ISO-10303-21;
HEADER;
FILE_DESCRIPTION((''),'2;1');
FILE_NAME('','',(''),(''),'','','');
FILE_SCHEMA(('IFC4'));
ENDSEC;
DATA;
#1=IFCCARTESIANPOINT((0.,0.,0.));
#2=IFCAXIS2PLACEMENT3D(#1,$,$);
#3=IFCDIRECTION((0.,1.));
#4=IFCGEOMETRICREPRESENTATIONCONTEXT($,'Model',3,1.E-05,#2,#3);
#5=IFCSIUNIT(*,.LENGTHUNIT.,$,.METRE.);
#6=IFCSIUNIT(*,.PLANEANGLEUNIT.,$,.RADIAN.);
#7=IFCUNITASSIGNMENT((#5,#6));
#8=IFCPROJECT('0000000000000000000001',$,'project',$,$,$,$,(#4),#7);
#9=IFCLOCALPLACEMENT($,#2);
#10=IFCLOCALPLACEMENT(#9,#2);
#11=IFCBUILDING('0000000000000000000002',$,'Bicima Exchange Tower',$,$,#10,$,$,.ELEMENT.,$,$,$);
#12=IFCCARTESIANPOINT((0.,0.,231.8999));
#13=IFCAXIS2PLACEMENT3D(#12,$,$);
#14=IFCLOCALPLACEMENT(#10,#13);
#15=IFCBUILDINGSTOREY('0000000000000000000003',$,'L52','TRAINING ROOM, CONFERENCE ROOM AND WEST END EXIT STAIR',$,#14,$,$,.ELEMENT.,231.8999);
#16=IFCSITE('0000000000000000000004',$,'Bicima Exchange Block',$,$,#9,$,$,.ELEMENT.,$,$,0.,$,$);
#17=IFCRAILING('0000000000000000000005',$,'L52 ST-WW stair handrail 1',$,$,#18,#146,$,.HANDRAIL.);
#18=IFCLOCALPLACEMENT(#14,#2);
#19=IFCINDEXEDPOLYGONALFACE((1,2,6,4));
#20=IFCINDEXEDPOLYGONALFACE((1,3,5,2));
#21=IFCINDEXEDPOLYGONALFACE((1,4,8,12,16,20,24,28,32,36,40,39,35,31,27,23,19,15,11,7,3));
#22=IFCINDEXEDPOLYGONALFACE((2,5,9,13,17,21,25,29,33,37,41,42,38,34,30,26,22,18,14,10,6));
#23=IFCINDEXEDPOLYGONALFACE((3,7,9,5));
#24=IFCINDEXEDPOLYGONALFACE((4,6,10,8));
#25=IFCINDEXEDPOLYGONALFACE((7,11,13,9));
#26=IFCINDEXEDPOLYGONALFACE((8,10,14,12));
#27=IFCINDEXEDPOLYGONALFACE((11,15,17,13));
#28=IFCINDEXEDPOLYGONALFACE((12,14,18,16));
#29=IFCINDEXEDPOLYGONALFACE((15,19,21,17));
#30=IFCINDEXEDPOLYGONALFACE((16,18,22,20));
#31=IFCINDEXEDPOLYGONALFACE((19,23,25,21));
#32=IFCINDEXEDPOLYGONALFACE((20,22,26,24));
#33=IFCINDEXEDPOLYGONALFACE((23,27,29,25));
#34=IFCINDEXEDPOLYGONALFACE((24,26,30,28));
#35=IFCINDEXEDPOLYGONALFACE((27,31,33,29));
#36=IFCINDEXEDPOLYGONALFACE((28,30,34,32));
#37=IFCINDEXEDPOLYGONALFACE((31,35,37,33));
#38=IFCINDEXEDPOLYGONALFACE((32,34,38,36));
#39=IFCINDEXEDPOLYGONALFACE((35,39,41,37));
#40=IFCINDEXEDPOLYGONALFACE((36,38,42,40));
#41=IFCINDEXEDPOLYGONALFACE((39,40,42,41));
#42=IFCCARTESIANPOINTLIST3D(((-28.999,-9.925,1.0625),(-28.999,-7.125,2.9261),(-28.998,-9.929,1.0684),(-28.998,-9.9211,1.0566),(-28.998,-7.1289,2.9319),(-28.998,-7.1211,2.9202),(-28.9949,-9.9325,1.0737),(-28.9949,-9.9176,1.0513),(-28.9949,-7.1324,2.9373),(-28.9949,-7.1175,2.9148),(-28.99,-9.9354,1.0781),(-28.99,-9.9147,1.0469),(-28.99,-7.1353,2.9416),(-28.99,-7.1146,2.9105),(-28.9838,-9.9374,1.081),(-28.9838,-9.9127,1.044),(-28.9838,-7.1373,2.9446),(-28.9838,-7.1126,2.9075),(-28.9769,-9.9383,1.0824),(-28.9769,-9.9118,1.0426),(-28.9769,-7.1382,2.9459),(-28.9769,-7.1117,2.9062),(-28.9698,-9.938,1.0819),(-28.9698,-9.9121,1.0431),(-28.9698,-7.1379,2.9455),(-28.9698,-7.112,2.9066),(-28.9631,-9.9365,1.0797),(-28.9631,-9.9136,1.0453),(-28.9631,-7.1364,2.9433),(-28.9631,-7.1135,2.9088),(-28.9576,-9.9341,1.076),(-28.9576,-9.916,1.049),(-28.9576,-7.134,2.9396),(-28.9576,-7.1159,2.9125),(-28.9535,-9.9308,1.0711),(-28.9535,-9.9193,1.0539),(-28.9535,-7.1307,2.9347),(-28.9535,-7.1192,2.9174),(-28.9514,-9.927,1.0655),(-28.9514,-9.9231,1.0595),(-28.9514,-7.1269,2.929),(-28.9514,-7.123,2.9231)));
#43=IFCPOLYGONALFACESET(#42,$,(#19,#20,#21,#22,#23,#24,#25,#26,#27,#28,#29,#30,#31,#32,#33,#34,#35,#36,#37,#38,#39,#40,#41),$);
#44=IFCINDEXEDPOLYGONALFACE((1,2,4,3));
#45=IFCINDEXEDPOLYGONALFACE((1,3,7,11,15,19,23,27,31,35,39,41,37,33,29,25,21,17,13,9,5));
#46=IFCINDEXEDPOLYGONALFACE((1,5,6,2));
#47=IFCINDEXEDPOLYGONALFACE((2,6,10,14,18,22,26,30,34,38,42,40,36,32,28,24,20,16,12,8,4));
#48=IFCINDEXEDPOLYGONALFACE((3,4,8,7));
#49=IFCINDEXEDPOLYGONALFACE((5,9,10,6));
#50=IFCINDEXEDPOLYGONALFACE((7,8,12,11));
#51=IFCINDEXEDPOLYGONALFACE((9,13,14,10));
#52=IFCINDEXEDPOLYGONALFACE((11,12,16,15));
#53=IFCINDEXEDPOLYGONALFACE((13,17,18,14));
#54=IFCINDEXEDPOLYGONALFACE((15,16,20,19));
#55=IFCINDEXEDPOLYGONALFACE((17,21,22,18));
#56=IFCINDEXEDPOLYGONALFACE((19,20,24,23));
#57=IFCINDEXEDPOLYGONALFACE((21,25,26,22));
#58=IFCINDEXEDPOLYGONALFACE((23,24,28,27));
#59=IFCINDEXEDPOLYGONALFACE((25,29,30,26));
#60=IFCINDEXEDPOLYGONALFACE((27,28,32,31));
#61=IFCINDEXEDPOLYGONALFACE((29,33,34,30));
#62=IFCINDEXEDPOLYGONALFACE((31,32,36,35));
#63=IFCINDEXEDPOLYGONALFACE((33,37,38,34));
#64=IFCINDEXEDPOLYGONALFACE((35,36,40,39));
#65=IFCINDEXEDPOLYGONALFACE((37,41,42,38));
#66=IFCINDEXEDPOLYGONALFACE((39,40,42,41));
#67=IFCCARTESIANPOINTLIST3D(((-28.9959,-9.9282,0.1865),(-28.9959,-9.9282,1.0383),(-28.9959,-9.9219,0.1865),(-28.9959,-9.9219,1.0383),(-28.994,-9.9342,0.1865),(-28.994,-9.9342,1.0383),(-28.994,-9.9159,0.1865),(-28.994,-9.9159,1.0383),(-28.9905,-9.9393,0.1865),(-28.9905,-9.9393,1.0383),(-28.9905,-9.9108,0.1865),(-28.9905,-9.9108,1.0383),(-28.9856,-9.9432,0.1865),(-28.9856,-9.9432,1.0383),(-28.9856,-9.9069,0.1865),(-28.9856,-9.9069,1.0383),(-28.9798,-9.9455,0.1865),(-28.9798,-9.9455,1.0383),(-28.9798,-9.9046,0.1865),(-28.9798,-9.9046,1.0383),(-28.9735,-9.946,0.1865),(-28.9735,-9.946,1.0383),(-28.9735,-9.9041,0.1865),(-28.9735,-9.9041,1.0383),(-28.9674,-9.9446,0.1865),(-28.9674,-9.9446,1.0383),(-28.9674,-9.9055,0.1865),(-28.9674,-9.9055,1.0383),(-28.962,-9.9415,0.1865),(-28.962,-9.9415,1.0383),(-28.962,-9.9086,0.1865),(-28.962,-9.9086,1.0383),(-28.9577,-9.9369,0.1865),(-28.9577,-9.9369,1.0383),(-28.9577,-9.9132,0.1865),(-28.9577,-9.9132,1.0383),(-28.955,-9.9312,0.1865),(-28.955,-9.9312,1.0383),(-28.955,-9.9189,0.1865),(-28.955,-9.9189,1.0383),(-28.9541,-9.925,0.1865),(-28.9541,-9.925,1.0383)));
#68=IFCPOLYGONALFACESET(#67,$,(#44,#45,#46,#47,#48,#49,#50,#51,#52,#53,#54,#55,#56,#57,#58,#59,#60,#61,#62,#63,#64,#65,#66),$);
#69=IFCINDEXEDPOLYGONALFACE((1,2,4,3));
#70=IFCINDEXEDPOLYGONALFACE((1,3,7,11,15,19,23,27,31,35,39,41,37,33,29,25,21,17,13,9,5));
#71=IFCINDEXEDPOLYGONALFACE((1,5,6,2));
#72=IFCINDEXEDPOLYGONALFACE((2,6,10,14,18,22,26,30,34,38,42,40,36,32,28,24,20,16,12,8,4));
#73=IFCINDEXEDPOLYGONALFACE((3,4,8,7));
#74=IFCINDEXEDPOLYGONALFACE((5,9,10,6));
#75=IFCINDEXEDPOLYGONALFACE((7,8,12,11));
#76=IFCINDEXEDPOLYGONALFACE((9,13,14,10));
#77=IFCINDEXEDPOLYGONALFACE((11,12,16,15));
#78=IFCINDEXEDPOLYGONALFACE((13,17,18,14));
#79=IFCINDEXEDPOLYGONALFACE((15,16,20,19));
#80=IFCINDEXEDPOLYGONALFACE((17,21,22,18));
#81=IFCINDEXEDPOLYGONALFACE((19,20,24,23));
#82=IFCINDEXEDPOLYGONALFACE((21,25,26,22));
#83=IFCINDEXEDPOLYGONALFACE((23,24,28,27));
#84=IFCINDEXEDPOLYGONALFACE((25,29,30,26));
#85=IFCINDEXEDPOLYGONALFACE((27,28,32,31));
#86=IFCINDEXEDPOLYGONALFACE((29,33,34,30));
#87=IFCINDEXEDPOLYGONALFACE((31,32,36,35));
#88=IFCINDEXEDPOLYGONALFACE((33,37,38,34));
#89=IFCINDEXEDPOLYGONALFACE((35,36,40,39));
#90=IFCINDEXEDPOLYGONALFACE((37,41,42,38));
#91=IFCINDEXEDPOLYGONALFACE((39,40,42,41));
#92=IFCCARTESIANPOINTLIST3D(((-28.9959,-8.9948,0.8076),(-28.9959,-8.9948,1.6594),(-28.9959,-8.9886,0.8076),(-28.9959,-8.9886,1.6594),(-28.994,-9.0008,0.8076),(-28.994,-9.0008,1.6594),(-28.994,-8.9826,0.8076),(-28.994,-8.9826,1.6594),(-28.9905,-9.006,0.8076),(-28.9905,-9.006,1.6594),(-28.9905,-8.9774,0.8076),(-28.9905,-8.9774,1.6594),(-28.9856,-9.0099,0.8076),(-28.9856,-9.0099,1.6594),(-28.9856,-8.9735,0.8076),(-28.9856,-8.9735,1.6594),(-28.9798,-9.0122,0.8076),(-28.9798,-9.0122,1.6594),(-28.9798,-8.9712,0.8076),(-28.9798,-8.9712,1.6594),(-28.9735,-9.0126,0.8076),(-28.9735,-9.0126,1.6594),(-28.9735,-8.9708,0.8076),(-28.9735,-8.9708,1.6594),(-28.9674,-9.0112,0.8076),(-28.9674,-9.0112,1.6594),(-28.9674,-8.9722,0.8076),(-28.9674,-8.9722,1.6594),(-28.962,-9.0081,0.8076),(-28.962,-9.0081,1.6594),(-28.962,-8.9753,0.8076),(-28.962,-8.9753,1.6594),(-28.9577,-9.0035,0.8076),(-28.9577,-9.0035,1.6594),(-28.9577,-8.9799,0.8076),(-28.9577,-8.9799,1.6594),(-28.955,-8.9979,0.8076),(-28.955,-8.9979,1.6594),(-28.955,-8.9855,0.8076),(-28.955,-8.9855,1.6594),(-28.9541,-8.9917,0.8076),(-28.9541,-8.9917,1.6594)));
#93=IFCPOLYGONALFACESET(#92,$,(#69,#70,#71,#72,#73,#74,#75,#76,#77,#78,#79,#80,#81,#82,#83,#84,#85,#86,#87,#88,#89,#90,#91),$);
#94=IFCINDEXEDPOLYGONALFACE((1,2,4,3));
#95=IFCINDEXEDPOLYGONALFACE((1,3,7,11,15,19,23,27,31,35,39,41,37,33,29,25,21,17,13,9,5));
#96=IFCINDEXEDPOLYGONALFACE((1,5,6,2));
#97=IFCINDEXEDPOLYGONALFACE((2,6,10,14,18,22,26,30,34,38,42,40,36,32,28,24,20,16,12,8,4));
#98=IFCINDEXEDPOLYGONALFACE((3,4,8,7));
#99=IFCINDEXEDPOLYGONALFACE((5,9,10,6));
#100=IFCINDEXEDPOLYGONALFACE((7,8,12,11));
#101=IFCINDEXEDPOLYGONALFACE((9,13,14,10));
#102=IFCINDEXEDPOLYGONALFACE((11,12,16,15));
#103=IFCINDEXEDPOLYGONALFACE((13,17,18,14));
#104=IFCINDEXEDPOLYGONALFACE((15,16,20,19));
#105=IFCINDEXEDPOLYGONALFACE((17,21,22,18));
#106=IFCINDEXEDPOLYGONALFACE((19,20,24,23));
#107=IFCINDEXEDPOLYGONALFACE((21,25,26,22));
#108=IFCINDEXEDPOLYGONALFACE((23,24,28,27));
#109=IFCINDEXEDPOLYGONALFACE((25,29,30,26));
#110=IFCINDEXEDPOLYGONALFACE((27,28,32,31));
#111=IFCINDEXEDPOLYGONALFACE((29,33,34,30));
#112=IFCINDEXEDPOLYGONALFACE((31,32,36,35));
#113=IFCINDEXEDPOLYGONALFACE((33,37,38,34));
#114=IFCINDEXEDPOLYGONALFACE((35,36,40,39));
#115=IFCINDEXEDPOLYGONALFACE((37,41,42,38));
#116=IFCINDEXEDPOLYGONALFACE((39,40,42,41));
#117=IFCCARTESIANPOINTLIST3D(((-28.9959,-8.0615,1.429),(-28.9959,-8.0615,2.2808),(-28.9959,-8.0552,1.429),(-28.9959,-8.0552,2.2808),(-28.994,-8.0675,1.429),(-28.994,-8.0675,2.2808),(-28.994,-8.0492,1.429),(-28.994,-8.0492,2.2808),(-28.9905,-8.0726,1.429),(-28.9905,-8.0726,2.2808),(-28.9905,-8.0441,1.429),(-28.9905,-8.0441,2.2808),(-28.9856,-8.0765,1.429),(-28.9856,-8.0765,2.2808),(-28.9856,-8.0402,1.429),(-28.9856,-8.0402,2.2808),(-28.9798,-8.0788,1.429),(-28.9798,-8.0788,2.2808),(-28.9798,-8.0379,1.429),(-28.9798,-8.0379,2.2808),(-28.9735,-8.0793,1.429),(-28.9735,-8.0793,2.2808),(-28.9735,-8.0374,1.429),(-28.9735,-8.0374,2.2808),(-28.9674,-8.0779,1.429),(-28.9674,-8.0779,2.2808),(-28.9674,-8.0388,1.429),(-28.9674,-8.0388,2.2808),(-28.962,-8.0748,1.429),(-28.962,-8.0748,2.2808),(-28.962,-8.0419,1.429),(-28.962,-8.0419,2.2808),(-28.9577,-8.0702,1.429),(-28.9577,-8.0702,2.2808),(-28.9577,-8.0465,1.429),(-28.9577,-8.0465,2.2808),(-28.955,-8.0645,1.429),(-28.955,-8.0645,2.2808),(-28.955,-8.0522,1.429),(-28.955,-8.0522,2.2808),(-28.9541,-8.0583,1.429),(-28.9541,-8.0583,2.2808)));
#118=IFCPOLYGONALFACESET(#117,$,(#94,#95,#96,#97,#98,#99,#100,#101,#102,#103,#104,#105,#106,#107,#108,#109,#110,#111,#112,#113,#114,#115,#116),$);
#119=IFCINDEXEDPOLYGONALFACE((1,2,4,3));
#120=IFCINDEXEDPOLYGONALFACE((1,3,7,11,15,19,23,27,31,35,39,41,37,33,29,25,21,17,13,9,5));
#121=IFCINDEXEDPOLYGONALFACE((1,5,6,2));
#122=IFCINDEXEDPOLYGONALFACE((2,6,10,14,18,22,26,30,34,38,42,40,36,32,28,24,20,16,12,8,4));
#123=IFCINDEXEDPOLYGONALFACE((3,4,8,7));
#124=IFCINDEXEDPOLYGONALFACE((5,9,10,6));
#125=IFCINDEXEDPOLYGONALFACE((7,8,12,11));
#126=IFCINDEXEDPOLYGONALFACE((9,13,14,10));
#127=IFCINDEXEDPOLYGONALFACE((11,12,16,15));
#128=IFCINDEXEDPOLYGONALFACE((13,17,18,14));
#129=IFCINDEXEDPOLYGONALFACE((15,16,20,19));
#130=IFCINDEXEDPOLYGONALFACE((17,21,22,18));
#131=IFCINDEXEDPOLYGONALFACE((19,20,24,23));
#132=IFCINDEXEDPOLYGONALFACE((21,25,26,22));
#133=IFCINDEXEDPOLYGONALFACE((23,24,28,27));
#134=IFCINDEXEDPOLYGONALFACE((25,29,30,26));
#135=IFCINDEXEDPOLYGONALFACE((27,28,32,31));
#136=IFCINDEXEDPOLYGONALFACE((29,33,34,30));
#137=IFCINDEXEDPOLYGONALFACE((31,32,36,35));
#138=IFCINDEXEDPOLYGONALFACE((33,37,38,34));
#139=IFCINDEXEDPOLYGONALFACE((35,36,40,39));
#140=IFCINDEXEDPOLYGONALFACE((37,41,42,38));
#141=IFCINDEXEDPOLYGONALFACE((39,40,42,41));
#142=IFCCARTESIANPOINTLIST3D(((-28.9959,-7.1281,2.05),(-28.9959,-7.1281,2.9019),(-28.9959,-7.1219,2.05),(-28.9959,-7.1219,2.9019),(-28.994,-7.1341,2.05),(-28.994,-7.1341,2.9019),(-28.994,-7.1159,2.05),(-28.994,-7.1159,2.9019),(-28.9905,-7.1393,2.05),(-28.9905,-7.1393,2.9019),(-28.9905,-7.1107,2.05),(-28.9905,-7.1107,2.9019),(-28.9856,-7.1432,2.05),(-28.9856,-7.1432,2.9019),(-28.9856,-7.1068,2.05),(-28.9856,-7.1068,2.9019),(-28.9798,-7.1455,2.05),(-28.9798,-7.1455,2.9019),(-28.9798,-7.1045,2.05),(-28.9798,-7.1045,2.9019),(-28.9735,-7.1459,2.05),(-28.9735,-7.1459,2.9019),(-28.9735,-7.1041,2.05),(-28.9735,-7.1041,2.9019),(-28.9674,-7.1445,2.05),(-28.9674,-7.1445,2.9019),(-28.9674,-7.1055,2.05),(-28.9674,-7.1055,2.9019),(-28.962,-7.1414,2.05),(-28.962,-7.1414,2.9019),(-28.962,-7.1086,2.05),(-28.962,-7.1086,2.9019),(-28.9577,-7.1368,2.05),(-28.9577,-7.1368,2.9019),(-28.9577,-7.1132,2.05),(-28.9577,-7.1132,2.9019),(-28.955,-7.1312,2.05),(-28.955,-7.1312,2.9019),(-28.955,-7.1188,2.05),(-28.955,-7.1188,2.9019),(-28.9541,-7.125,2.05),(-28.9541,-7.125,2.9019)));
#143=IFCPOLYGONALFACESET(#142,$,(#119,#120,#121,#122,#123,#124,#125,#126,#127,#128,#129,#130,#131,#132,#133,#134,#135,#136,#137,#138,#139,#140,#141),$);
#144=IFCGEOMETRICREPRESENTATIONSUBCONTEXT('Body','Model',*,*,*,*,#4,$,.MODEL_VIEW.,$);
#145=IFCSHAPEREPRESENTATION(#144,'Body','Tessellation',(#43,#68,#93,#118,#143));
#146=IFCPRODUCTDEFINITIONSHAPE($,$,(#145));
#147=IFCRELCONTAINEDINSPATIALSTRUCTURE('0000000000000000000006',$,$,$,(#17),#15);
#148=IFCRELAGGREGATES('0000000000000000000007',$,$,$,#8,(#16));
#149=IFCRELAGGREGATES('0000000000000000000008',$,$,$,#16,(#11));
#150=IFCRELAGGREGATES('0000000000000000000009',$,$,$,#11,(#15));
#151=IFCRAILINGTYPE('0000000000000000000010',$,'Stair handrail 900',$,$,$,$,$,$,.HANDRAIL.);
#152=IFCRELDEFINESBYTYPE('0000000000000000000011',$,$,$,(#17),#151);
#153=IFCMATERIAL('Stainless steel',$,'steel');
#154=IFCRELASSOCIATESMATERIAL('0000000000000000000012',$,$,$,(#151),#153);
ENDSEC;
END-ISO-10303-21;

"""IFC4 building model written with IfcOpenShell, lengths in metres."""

from ifc_helpers import new_model, si_unit, direction, frame, origin, origin_2d, place, context, subcontext, project, spatial, circle, extrude, material, type_object, element, save


model = new_model("IFC4")

# Units and contexts
model_context = context("Model", 3, precision=1e-05, world=origin(), true_north=direction((0.0, 1.0)))
body_context = subcontext(model_context, "Body", "Model", "MODEL_VIEW")
ifc_project = project(units=[si_unit("LENGTHUNIT", "METRE"), si_unit("PLANEANGLEUNIT", "RADIAN")], contexts=[model_context])

# Site, building, storey
site_placement = place(None, origin())
site = spatial("IfcSite", under=ifc_project, at=site_placement, Name="Bicima Exchange Block", CompositionType="ELEMENT", RefElevation=0.0)
building_placement = place(site_placement, origin())
building = spatial("IfcBuilding", under=site, at=building_placement, Name="Bicima Exchange Tower", CompositionType="ELEMENT")
storey_placement = place(building_placement, frame((0.0, 0.0, 231.8999)))
storey = spatial("IfcBuildingStorey", under=building, at=storey_placement, Name="L52", Description="TRAINING ROOM, CONFERENCE ROOM AND WEST END EXIT STAIR", CompositionType="ELEMENT", Elevation=231.8999)

# Railing
ifc_material_1 = material(Name="Stainless steel", Category="steel")
railing_type_1 = type_object("IfcRailingType", Name="Stair handrail 900", PredefinedType="HANDRAIL", material=ifc_material_1)
railing_1_placement = place(storey_placement, frame((-28.9751, -9.925, 0.1865)))
element("IfcRailing", 1, at=railing_1_placement, inside=storey, type_object=railing_type_1, Name="L52 ST-WW stair handrail 1", PredefinedType="HANDRAIL", context=body_context, shape_type="SweptSolid", body=[
    extrude(circle(Radius=0.0239, at=origin_2d()), frame((0.0, 0.0, 0.876), z_axis=(0.0, 0.832486, 0.554047), x_axis=(-1.0, 0.0, 0.0)), (0.0, 0.0, 1.0), 3.3635),
    extrude(circle(Radius=0.021, at=origin_2d()), origin(), (0.0, 0.0, 1.0), 0.8518),
    extrude(circle(Radius=0.021, at=origin_2d()), frame((0.0, 0.9333, 0.6211)), (0.0, 0.0, 1.0), 0.8518),
    extrude(circle(Radius=0.021, at=origin_2d()), frame((0.0, 1.8667, 1.2424)), (0.0, 0.0, 1.0), 0.8518),
    extrude(circle(Radius=0.021, at=origin_2d()), frame((0.0, 2.8, 1.8635)), (0.0, 0.0, 1.0), 0.8518),
])

save(model, "model.ifc")
